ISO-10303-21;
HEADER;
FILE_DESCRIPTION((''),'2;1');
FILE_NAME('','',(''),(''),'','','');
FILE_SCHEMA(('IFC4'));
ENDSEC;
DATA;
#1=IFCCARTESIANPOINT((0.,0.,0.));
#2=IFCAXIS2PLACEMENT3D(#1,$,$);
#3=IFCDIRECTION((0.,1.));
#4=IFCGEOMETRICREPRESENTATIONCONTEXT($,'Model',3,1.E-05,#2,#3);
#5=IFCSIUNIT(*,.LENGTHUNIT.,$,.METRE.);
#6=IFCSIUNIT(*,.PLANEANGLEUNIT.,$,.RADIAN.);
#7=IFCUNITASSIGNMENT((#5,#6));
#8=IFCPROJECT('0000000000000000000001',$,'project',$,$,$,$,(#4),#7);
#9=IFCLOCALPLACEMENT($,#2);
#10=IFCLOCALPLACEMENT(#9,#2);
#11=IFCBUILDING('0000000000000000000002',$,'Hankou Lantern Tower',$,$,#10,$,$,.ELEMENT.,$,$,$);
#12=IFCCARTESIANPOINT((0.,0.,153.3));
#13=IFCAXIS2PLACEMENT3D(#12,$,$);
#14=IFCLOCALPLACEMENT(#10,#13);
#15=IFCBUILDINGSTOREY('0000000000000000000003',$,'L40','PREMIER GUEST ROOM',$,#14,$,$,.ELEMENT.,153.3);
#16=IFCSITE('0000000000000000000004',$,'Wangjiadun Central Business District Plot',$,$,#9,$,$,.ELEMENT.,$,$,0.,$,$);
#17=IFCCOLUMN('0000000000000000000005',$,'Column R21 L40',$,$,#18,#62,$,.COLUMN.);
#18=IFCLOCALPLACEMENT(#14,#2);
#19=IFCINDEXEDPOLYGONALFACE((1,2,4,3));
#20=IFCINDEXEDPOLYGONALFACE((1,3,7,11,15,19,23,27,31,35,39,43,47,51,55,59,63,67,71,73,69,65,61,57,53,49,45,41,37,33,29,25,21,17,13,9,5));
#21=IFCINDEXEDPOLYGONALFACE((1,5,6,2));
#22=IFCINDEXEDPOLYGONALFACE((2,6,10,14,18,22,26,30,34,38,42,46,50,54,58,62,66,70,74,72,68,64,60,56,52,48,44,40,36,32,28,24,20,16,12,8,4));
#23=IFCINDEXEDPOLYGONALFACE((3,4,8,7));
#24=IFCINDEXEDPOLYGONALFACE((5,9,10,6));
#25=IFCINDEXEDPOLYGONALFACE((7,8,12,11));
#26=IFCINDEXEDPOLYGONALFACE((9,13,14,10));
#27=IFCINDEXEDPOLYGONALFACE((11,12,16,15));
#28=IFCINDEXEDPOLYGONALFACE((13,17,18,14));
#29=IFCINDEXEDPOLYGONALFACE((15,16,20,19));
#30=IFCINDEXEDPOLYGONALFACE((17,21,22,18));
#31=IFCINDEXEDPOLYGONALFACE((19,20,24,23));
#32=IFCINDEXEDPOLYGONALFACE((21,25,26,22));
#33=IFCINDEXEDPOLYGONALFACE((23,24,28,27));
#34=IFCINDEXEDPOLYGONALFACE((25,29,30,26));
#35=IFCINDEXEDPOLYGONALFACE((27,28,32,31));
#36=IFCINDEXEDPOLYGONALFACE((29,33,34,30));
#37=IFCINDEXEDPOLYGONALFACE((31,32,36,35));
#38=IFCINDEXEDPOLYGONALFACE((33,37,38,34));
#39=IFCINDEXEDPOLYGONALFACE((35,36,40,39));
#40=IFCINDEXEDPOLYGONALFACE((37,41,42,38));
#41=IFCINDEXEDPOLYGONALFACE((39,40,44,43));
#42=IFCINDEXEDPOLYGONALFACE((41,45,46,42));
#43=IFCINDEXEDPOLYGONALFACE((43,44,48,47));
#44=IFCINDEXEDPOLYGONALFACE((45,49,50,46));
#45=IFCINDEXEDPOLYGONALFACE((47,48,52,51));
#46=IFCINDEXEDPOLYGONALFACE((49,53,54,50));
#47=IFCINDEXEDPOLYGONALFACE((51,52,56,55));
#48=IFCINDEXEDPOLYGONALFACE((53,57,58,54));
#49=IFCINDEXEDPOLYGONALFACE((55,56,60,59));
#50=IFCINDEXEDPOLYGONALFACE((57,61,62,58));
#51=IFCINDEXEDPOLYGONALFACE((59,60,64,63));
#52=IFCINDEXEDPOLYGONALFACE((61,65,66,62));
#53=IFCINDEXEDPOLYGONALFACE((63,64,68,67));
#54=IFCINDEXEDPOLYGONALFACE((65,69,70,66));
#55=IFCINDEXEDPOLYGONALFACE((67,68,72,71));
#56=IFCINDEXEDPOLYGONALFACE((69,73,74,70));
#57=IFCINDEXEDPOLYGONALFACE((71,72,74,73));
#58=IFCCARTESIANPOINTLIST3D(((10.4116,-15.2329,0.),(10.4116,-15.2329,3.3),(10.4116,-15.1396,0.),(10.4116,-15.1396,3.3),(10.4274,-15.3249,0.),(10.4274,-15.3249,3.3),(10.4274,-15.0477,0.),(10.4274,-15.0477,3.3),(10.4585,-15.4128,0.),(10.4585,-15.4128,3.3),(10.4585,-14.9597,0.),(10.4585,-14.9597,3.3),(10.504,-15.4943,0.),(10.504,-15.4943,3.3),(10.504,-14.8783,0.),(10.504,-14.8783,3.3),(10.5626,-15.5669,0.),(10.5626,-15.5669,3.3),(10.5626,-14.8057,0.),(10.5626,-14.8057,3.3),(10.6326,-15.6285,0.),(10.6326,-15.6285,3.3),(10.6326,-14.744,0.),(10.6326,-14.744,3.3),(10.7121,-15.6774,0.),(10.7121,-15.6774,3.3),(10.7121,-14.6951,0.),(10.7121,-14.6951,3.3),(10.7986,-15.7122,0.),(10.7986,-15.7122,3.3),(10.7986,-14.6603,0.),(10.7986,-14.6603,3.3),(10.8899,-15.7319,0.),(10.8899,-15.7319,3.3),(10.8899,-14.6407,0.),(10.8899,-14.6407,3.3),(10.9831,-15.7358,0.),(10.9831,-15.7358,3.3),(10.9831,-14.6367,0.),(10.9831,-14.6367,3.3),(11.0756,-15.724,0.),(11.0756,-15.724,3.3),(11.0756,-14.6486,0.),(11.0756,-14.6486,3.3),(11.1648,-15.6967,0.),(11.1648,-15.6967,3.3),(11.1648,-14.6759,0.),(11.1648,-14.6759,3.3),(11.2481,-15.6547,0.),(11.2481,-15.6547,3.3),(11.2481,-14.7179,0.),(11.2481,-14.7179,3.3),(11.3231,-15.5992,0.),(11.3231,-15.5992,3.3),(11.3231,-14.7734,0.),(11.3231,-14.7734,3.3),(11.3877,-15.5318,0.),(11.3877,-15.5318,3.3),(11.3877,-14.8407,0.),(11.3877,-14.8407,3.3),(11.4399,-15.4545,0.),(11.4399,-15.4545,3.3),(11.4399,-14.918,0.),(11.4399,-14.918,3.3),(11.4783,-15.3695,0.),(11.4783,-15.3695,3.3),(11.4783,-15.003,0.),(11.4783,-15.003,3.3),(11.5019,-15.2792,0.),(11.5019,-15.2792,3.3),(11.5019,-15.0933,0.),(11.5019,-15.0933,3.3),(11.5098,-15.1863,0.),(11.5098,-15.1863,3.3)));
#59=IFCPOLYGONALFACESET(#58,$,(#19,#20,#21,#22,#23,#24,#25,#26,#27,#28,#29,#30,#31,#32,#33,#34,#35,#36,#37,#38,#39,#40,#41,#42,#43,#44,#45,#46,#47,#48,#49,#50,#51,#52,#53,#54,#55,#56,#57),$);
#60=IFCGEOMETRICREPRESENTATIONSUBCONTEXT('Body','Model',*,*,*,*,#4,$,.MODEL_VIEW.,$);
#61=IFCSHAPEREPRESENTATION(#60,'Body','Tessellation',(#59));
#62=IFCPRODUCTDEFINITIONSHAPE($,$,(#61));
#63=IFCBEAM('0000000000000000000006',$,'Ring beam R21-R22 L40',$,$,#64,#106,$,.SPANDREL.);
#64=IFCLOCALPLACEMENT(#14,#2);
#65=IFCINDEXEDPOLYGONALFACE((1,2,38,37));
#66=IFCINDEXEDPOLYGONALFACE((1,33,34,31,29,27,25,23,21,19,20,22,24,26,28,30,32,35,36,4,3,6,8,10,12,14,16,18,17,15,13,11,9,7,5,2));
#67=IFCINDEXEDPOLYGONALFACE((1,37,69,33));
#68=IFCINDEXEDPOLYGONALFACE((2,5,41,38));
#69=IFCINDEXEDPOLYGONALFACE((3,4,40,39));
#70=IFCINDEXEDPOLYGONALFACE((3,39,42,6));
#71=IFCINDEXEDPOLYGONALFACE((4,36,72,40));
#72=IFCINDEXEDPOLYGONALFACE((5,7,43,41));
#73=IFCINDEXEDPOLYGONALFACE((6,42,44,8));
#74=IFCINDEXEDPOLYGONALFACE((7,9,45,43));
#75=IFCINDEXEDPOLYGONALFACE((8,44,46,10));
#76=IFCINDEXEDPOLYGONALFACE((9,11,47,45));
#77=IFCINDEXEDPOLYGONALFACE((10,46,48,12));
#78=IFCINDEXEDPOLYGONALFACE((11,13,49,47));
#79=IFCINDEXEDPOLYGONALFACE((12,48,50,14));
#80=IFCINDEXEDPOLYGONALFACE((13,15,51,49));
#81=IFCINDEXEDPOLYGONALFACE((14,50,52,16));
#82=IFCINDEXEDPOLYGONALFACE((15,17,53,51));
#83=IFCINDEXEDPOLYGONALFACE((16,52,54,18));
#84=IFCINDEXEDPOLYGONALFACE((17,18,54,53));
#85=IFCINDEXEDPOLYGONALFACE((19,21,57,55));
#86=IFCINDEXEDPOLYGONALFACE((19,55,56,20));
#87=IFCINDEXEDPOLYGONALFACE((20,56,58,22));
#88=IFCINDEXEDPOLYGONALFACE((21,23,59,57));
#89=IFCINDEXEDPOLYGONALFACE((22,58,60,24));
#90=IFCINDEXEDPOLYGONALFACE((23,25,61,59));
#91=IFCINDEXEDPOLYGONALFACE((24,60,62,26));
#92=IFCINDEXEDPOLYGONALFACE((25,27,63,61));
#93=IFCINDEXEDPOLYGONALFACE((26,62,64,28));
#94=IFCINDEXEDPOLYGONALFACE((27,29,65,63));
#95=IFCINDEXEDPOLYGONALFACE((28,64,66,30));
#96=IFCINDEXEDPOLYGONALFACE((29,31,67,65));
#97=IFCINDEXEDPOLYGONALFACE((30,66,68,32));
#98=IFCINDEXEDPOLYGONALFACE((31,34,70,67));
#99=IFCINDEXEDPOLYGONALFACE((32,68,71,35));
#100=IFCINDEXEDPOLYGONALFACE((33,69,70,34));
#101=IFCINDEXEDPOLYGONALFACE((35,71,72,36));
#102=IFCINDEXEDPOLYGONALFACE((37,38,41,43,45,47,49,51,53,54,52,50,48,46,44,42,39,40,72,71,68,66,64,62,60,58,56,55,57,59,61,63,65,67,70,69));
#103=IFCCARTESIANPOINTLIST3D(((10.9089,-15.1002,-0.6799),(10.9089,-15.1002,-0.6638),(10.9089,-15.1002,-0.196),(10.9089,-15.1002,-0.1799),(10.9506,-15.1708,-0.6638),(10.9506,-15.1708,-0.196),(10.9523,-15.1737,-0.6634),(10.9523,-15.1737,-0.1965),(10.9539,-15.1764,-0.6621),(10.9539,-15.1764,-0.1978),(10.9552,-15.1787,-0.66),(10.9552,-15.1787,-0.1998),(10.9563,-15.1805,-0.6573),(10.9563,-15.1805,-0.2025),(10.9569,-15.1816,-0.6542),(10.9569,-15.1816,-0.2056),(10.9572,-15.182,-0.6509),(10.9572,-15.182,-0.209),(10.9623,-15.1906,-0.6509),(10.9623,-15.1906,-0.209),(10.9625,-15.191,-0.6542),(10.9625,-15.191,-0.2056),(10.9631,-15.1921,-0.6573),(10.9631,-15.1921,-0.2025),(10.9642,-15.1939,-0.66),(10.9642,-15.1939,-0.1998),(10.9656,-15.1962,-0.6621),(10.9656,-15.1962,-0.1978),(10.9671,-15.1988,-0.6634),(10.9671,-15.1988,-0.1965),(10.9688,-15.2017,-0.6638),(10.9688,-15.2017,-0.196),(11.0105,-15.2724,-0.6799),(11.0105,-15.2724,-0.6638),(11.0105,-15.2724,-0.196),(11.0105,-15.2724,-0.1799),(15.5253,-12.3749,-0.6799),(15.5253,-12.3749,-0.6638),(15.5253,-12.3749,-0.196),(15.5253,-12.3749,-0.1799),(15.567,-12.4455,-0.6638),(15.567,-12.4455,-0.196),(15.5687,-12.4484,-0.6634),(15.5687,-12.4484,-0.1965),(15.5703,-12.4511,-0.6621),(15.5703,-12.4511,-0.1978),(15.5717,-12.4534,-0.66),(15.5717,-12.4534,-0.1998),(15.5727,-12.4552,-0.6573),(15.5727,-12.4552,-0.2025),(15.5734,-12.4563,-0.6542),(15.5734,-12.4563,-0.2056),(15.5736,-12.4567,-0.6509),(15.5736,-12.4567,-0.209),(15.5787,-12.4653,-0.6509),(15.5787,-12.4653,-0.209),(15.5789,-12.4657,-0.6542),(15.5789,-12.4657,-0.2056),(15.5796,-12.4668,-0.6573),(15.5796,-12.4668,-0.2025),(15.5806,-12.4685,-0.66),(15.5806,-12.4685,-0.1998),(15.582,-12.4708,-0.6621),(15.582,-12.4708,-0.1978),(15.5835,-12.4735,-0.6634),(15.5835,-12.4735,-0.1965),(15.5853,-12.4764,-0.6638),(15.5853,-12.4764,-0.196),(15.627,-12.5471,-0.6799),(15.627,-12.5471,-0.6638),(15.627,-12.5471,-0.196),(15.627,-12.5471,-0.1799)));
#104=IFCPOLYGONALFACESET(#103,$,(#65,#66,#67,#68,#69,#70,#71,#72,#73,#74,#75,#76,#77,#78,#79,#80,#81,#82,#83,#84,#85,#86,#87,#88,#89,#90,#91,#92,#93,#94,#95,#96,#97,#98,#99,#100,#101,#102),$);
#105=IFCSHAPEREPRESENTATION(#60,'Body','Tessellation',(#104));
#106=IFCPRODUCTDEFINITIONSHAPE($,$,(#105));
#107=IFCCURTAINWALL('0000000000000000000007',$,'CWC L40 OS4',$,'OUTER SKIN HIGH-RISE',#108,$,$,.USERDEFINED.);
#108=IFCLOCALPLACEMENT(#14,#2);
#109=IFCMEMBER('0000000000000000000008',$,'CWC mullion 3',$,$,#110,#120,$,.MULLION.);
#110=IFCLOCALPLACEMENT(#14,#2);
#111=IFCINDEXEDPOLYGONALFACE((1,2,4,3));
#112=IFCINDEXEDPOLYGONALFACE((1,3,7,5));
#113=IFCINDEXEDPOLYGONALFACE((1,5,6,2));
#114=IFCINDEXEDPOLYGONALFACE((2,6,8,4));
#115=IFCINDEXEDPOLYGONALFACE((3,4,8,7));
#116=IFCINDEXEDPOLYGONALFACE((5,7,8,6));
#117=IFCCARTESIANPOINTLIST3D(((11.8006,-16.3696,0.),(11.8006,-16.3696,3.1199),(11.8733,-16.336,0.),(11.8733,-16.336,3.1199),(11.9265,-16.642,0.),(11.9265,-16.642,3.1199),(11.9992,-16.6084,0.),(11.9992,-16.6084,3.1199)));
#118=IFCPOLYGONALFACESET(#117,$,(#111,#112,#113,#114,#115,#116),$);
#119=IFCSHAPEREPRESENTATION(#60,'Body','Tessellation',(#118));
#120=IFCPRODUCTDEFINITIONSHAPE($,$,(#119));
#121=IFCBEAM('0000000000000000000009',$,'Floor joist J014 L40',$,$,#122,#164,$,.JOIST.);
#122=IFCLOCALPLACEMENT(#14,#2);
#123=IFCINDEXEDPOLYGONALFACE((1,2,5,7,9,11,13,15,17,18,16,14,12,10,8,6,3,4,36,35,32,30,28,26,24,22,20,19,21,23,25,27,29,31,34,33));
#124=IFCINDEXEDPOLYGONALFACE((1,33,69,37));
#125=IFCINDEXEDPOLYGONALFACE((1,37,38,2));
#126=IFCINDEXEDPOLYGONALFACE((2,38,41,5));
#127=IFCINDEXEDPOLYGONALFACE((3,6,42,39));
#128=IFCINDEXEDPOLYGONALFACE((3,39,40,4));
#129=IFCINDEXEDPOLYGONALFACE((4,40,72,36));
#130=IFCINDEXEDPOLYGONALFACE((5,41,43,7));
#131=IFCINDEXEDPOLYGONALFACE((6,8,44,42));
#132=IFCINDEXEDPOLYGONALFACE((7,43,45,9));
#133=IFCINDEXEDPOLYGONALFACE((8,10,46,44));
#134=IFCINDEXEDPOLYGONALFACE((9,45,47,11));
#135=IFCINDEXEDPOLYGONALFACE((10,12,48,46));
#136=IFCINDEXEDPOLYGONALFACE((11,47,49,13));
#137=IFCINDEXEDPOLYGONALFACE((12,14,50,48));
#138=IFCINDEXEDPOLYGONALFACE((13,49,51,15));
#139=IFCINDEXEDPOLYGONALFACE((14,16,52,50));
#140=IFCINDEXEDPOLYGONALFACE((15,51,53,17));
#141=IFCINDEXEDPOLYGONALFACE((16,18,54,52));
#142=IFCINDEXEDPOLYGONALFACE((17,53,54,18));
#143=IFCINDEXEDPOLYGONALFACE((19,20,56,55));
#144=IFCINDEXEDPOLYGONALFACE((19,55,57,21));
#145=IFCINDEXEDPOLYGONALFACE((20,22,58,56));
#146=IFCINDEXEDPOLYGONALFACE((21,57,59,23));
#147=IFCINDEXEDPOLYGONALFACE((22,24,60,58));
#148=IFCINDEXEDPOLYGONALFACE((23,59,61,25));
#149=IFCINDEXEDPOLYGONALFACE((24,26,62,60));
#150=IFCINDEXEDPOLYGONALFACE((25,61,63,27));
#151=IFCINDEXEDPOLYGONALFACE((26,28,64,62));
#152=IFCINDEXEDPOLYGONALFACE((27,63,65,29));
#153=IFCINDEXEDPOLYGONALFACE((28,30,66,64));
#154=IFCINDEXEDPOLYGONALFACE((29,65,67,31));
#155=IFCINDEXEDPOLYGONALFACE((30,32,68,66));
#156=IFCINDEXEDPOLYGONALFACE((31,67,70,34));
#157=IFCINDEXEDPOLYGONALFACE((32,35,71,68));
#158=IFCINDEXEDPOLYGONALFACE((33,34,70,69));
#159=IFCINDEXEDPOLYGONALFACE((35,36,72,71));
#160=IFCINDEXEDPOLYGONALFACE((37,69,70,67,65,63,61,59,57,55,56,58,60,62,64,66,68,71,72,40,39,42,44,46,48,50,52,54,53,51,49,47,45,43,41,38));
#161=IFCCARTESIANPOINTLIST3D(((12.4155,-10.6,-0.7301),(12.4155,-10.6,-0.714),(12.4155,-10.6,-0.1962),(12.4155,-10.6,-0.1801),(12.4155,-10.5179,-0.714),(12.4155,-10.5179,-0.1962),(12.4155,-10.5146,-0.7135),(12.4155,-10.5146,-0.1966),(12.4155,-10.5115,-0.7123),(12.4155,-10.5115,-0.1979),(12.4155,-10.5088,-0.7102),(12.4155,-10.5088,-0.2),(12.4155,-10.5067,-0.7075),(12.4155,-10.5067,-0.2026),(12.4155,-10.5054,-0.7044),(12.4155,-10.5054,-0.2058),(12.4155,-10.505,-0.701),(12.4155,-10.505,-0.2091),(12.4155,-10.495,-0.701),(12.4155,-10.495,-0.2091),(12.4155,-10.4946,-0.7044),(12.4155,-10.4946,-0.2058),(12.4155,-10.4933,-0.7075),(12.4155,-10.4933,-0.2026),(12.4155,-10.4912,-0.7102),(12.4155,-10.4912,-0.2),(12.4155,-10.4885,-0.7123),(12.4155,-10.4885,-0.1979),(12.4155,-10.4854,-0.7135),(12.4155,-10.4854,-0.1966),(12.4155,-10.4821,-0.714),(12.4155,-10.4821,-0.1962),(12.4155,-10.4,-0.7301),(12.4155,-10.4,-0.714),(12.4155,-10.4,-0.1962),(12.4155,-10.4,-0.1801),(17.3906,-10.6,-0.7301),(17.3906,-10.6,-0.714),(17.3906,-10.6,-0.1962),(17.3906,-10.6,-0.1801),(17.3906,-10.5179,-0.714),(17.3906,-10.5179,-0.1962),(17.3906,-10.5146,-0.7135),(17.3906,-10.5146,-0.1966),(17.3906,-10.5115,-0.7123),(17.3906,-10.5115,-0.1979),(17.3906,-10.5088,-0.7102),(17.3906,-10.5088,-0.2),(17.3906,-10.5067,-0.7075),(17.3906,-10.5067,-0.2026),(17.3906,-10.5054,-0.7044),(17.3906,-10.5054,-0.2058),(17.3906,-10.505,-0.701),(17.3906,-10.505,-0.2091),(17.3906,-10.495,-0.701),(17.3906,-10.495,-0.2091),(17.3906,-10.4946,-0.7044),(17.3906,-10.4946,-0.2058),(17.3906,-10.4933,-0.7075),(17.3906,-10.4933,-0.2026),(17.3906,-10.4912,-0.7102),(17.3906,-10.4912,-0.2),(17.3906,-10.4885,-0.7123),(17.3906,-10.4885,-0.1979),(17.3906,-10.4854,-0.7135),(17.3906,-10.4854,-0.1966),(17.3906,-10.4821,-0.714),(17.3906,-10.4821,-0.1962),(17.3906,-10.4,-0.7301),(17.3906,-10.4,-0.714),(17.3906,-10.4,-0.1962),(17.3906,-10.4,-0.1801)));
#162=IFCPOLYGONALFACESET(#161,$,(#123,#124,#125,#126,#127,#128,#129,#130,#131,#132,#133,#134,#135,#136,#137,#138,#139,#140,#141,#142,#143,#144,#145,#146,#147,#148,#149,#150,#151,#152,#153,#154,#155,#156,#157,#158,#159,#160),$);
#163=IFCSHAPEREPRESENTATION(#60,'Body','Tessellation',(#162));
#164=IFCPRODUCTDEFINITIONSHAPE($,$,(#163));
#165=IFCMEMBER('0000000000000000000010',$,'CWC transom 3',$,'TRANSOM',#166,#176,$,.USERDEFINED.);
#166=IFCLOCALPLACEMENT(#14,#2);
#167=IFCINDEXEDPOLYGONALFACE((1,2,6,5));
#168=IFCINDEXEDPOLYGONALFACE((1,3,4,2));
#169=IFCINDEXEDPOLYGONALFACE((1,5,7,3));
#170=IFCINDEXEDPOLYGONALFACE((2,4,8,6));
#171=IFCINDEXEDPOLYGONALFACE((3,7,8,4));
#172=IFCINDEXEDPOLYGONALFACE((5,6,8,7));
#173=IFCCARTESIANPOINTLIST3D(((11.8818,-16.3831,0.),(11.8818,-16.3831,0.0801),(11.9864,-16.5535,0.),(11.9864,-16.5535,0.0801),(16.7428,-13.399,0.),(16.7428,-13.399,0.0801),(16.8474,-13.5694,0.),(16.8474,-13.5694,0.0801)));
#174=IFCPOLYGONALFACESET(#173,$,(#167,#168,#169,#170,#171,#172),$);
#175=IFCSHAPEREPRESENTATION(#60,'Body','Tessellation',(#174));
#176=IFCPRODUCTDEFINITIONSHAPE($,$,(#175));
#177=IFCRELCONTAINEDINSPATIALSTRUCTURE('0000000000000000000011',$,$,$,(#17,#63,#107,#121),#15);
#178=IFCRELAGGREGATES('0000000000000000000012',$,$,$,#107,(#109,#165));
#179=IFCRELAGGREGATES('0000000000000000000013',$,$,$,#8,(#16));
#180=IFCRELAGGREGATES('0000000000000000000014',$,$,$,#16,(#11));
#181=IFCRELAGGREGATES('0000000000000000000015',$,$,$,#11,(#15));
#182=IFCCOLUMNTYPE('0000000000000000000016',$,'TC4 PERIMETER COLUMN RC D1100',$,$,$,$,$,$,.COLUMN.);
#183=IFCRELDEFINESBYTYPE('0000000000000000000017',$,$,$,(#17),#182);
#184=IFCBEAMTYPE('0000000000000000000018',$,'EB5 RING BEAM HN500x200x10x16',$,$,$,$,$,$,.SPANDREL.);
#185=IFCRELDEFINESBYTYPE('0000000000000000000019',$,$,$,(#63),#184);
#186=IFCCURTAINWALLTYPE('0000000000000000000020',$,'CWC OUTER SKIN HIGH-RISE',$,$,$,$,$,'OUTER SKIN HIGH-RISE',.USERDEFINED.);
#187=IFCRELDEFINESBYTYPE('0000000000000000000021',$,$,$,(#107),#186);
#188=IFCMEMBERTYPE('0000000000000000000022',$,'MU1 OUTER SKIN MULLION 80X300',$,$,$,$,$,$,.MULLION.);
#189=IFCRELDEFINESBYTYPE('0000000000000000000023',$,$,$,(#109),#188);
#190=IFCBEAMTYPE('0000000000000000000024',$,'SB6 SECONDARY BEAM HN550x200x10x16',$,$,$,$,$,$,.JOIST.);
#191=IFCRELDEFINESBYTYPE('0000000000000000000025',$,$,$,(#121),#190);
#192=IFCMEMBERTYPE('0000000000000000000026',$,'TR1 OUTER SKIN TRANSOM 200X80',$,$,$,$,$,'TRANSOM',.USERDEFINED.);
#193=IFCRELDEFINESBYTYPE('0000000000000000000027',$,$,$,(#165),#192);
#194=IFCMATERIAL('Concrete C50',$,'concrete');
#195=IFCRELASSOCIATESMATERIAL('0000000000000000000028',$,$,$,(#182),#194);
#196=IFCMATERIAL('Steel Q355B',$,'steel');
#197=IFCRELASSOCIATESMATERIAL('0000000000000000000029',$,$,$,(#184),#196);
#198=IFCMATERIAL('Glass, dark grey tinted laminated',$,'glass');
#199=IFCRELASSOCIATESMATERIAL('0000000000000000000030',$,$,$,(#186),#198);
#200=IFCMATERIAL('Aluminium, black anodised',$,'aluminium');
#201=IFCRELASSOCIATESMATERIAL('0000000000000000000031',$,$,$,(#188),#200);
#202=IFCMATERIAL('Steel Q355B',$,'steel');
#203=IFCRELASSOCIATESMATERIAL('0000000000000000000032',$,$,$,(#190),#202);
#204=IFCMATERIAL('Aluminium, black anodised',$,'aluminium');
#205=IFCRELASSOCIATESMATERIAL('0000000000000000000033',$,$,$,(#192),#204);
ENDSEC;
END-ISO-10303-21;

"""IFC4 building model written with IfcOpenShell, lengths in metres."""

from ifc_helpers import new_model, si_unit, direction, frame, origin, origin_2d, place, context, subcontext, project, spatial, rectangle, circle, i_section, extrude, material, material_profile, profile_set, type_object, element, aggregate, save


model = new_model("IFC4")

# Units and contexts
model_context = context("Model", 3, precision=1e-05, world=origin(), true_north=direction((0.0, 1.0)))
body_context = subcontext(model_context, "Body", "Model", "MODEL_VIEW")
ifc_project = project(units=[si_unit("LENGTHUNIT", "METRE"), si_unit("PLANEANGLEUNIT", "RADIAN")], contexts=[model_context])

# Site, building, storey
site_placement = place(None, origin())
site = spatial("IfcSite", under=ifc_project, at=site_placement, Name="Wangjiadun Central Business District Plot", CompositionType="ELEMENT", RefElevation=0.0)
building_placement = place(site_placement, origin())
building = spatial("IfcBuilding", under=site, at=building_placement, Name="Hankou Lantern Tower", CompositionType="ELEMENT")
storey_placement = place(building_placement, frame((0.0, 0.0, 153.3)))
storey = spatial("IfcBuildingStorey", under=building, at=storey_placement, Name="L40", Description="PREMIER GUEST ROOM", CompositionType="ELEMENT", Elevation=153.3)

# Column
ifc_material_1 = material(Name="Concrete C50", Category="concrete")
ifc_material_profile_1 = material_profile(ifc_material_1, circle(Radius=0.55, at=origin_2d()), Name="RC D1100")
ifc_profile_set_1 = profile_set([ifc_material_profile_1], Name="Concrete C50")
column_type = type_object("IfcColumnType", Name="TC4 PERIMETER COLUMN RC D1100", PredefinedType="COLUMN", material=ifc_profile_set_1)
column_placement = place(storey_placement, frame((10.9597, -15.1863, 0.0), z_axis=(0.0, 0.0, 1.0), x_axis=(1.0, 0.0, 0.0)))
element("IfcColumn", 1, at=column_placement, inside=storey, type_object=column_type, Name="Column R21 L40", PredefinedType="COLUMN", context=body_context, shape_type="SweptSolid", body=[
    extrude(circle(Radius=0.55, at=origin_2d()), origin(), (0.0, 0.0, 1.0), 3.3),
])

# Beam
ifc_material_2 = material(Name="Steel Q355B", Category="steel")
ifc_material_profile_2 = material_profile(ifc_material_2, i_section(OverallWidth=0.2, OverallDepth=0.5, WebThickness=0.01, FlangeThickness=0.0161, FilletRadius=0.0129, at=origin_2d()), Name="HN500x200x10x16")
ifc_profile_set_2 = profile_set([ifc_material_profile_2], Name="Steel Q355B")
beam_type_1 = type_object("IfcBeamType", Name="EB5 RING BEAM HN500x200x10x16", PredefinedType="SPANDREL", material=ifc_profile_set_2)
beam_1_placement = place(storey_placement, frame((10.9597, -15.1863, -0.4299), z_axis=(0.861136, 0.508375, 0.0), x_axis=(-0.508375, 0.861136, 0.0)))
element("IfcBeam", 2, at=beam_1_placement, inside=storey, type_object=beam_type_1, Name="Ring beam R21-R22 L40", PredefinedType="SPANDREL", context=body_context, shape_type="SweptSolid", body=[
    extrude(i_section(OverallWidth=0.2, OverallDepth=0.5, WebThickness=0.01, FlangeThickness=0.0161, FilletRadius=0.0129, at=origin_2d()), origin(), (0.0, 0.0, 1.0), 5.3608),
])

# Curtain wall, member
ifc_material_3 = material(Name="Glass, dark grey tinted laminated", Category="glass")
curtain_wall_type = type_object("IfcCurtainWallType", Name="CWC OUTER SKIN HIGH-RISE", ElementType="OUTER SKIN HIGH-RISE", PredefinedType="USERDEFINED", material=ifc_material_3)
curtain_wall_placement = place(storey_placement, origin())
curtain_wall = element("IfcCurtainWall", 3, at=curtain_wall_placement, inside=storey, type_object=curtain_wall_type, Name="CWC L40 OS4", ObjectType="OUTER SKIN HIGH-RISE", PredefinedType="USERDEFINED")
ifc_material_4 = material(Name="Aluminium, black anodised", Category="aluminium")
ifc_material_profile_3 = material_profile(ifc_material_4, rectangle(XDim=0.0801, YDim=0.3, at=origin_2d()), Name="MU1 80X300")
ifc_profile_set_3 = profile_set([ifc_material_profile_3], Name="Aluminium, black anodised")
member_type_1 = type_object("IfcMemberType", Name="MU1 OUTER SKIN MULLION 80X300", PredefinedType="MULLION", material=ifc_profile_set_3)
member_1_placement = place(storey_placement, frame((11.8999, -16.489, 0.0), z_axis=(0.0, 0.0, 1.0), x_axis=(0.907841, 0.419314, 0.0)))
member_1 = element("IfcMember", 4, at=member_1_placement, type_object=member_type_1, Name="CWC mullion 3", PredefinedType="MULLION", context=body_context, shape_type="SweptSolid", body=[
    extrude(rectangle(XDim=0.0801, YDim=0.3, at=origin_2d()), origin(), (0.0, 0.0, 1.0), 3.1199),
])

# Beam
ifc_material_5 = material(Name="Steel Q355B", Category="steel")
ifc_material_profile_4 = material_profile(ifc_material_5, i_section(OverallWidth=0.2, OverallDepth=0.55, WebThickness=0.01, FlangeThickness=0.0161, FilletRadius=0.0129, at=origin_2d()), Name="HN550x200x10x16")
ifc_profile_set_4 = profile_set([ifc_material_profile_4], Name="Steel Q355B")
beam_type_2 = type_object("IfcBeamType", Name="SB6 SECONDARY BEAM HN550x200x10x16", PredefinedType="JOIST", material=ifc_profile_set_4)
beam_2_placement = place(storey_placement, frame((12.4155, -10.5, -0.4551), z_axis=(1.0, 0.0, 0.0), x_axis=(0.0, 1.0, 0.0)))
element("IfcBeam", 5, at=beam_2_placement, inside=storey, type_object=beam_type_2, Name="Floor joist J014 L40", PredefinedType="JOIST", context=body_context, shape_type="SweptSolid", body=[
    extrude(i_section(OverallWidth=0.2, OverallDepth=0.55, WebThickness=0.01, FlangeThickness=0.0161, FilletRadius=0.0129, at=origin_2d()), origin(), (0.0, 0.0, 1.0), 4.9751),
])

# Member
ifc_material_6 = material(Name="Aluminium, black anodised", Category="aluminium")
ifc_material_profile_5 = material_profile(ifc_material_6, rectangle(XDim=0.2, YDim=0.0801, at=origin_2d()), Name="TR1 200X80")
ifc_profile_set_5 = profile_set([ifc_material_profile_5], Name="Aluminium, black anodised")
member_type_2 = type_object("IfcMemberType", Name="TR1 OUTER SKIN TRANSOM 200X80", ElementType="TRANSOM", PredefinedType="USERDEFINED", material=ifc_profile_set_5)
member_2_placement = place(storey_placement, frame((11.9341, -16.4683, 0.04), z_axis=(0.852229, 0.523168, 0.0), x_axis=(-0.523168, 0.852229, 0.0)))
member_2 = element("IfcMember", 6, at=member_2_placement, type_object=member_type_2, Name="CWC transom 3", ObjectType="TRANSOM", PredefinedType="USERDEFINED", context=body_context, shape_type="SweptSolid", body=[
    extrude(rectangle(XDim=0.2, YDim=0.0801, at=origin_2d()), origin(), (0.0, 0.0, 1.0), 5.7039),
])

aggregate(curtain_wall, [member_1, member_2])

save(model, "model.ifc")
